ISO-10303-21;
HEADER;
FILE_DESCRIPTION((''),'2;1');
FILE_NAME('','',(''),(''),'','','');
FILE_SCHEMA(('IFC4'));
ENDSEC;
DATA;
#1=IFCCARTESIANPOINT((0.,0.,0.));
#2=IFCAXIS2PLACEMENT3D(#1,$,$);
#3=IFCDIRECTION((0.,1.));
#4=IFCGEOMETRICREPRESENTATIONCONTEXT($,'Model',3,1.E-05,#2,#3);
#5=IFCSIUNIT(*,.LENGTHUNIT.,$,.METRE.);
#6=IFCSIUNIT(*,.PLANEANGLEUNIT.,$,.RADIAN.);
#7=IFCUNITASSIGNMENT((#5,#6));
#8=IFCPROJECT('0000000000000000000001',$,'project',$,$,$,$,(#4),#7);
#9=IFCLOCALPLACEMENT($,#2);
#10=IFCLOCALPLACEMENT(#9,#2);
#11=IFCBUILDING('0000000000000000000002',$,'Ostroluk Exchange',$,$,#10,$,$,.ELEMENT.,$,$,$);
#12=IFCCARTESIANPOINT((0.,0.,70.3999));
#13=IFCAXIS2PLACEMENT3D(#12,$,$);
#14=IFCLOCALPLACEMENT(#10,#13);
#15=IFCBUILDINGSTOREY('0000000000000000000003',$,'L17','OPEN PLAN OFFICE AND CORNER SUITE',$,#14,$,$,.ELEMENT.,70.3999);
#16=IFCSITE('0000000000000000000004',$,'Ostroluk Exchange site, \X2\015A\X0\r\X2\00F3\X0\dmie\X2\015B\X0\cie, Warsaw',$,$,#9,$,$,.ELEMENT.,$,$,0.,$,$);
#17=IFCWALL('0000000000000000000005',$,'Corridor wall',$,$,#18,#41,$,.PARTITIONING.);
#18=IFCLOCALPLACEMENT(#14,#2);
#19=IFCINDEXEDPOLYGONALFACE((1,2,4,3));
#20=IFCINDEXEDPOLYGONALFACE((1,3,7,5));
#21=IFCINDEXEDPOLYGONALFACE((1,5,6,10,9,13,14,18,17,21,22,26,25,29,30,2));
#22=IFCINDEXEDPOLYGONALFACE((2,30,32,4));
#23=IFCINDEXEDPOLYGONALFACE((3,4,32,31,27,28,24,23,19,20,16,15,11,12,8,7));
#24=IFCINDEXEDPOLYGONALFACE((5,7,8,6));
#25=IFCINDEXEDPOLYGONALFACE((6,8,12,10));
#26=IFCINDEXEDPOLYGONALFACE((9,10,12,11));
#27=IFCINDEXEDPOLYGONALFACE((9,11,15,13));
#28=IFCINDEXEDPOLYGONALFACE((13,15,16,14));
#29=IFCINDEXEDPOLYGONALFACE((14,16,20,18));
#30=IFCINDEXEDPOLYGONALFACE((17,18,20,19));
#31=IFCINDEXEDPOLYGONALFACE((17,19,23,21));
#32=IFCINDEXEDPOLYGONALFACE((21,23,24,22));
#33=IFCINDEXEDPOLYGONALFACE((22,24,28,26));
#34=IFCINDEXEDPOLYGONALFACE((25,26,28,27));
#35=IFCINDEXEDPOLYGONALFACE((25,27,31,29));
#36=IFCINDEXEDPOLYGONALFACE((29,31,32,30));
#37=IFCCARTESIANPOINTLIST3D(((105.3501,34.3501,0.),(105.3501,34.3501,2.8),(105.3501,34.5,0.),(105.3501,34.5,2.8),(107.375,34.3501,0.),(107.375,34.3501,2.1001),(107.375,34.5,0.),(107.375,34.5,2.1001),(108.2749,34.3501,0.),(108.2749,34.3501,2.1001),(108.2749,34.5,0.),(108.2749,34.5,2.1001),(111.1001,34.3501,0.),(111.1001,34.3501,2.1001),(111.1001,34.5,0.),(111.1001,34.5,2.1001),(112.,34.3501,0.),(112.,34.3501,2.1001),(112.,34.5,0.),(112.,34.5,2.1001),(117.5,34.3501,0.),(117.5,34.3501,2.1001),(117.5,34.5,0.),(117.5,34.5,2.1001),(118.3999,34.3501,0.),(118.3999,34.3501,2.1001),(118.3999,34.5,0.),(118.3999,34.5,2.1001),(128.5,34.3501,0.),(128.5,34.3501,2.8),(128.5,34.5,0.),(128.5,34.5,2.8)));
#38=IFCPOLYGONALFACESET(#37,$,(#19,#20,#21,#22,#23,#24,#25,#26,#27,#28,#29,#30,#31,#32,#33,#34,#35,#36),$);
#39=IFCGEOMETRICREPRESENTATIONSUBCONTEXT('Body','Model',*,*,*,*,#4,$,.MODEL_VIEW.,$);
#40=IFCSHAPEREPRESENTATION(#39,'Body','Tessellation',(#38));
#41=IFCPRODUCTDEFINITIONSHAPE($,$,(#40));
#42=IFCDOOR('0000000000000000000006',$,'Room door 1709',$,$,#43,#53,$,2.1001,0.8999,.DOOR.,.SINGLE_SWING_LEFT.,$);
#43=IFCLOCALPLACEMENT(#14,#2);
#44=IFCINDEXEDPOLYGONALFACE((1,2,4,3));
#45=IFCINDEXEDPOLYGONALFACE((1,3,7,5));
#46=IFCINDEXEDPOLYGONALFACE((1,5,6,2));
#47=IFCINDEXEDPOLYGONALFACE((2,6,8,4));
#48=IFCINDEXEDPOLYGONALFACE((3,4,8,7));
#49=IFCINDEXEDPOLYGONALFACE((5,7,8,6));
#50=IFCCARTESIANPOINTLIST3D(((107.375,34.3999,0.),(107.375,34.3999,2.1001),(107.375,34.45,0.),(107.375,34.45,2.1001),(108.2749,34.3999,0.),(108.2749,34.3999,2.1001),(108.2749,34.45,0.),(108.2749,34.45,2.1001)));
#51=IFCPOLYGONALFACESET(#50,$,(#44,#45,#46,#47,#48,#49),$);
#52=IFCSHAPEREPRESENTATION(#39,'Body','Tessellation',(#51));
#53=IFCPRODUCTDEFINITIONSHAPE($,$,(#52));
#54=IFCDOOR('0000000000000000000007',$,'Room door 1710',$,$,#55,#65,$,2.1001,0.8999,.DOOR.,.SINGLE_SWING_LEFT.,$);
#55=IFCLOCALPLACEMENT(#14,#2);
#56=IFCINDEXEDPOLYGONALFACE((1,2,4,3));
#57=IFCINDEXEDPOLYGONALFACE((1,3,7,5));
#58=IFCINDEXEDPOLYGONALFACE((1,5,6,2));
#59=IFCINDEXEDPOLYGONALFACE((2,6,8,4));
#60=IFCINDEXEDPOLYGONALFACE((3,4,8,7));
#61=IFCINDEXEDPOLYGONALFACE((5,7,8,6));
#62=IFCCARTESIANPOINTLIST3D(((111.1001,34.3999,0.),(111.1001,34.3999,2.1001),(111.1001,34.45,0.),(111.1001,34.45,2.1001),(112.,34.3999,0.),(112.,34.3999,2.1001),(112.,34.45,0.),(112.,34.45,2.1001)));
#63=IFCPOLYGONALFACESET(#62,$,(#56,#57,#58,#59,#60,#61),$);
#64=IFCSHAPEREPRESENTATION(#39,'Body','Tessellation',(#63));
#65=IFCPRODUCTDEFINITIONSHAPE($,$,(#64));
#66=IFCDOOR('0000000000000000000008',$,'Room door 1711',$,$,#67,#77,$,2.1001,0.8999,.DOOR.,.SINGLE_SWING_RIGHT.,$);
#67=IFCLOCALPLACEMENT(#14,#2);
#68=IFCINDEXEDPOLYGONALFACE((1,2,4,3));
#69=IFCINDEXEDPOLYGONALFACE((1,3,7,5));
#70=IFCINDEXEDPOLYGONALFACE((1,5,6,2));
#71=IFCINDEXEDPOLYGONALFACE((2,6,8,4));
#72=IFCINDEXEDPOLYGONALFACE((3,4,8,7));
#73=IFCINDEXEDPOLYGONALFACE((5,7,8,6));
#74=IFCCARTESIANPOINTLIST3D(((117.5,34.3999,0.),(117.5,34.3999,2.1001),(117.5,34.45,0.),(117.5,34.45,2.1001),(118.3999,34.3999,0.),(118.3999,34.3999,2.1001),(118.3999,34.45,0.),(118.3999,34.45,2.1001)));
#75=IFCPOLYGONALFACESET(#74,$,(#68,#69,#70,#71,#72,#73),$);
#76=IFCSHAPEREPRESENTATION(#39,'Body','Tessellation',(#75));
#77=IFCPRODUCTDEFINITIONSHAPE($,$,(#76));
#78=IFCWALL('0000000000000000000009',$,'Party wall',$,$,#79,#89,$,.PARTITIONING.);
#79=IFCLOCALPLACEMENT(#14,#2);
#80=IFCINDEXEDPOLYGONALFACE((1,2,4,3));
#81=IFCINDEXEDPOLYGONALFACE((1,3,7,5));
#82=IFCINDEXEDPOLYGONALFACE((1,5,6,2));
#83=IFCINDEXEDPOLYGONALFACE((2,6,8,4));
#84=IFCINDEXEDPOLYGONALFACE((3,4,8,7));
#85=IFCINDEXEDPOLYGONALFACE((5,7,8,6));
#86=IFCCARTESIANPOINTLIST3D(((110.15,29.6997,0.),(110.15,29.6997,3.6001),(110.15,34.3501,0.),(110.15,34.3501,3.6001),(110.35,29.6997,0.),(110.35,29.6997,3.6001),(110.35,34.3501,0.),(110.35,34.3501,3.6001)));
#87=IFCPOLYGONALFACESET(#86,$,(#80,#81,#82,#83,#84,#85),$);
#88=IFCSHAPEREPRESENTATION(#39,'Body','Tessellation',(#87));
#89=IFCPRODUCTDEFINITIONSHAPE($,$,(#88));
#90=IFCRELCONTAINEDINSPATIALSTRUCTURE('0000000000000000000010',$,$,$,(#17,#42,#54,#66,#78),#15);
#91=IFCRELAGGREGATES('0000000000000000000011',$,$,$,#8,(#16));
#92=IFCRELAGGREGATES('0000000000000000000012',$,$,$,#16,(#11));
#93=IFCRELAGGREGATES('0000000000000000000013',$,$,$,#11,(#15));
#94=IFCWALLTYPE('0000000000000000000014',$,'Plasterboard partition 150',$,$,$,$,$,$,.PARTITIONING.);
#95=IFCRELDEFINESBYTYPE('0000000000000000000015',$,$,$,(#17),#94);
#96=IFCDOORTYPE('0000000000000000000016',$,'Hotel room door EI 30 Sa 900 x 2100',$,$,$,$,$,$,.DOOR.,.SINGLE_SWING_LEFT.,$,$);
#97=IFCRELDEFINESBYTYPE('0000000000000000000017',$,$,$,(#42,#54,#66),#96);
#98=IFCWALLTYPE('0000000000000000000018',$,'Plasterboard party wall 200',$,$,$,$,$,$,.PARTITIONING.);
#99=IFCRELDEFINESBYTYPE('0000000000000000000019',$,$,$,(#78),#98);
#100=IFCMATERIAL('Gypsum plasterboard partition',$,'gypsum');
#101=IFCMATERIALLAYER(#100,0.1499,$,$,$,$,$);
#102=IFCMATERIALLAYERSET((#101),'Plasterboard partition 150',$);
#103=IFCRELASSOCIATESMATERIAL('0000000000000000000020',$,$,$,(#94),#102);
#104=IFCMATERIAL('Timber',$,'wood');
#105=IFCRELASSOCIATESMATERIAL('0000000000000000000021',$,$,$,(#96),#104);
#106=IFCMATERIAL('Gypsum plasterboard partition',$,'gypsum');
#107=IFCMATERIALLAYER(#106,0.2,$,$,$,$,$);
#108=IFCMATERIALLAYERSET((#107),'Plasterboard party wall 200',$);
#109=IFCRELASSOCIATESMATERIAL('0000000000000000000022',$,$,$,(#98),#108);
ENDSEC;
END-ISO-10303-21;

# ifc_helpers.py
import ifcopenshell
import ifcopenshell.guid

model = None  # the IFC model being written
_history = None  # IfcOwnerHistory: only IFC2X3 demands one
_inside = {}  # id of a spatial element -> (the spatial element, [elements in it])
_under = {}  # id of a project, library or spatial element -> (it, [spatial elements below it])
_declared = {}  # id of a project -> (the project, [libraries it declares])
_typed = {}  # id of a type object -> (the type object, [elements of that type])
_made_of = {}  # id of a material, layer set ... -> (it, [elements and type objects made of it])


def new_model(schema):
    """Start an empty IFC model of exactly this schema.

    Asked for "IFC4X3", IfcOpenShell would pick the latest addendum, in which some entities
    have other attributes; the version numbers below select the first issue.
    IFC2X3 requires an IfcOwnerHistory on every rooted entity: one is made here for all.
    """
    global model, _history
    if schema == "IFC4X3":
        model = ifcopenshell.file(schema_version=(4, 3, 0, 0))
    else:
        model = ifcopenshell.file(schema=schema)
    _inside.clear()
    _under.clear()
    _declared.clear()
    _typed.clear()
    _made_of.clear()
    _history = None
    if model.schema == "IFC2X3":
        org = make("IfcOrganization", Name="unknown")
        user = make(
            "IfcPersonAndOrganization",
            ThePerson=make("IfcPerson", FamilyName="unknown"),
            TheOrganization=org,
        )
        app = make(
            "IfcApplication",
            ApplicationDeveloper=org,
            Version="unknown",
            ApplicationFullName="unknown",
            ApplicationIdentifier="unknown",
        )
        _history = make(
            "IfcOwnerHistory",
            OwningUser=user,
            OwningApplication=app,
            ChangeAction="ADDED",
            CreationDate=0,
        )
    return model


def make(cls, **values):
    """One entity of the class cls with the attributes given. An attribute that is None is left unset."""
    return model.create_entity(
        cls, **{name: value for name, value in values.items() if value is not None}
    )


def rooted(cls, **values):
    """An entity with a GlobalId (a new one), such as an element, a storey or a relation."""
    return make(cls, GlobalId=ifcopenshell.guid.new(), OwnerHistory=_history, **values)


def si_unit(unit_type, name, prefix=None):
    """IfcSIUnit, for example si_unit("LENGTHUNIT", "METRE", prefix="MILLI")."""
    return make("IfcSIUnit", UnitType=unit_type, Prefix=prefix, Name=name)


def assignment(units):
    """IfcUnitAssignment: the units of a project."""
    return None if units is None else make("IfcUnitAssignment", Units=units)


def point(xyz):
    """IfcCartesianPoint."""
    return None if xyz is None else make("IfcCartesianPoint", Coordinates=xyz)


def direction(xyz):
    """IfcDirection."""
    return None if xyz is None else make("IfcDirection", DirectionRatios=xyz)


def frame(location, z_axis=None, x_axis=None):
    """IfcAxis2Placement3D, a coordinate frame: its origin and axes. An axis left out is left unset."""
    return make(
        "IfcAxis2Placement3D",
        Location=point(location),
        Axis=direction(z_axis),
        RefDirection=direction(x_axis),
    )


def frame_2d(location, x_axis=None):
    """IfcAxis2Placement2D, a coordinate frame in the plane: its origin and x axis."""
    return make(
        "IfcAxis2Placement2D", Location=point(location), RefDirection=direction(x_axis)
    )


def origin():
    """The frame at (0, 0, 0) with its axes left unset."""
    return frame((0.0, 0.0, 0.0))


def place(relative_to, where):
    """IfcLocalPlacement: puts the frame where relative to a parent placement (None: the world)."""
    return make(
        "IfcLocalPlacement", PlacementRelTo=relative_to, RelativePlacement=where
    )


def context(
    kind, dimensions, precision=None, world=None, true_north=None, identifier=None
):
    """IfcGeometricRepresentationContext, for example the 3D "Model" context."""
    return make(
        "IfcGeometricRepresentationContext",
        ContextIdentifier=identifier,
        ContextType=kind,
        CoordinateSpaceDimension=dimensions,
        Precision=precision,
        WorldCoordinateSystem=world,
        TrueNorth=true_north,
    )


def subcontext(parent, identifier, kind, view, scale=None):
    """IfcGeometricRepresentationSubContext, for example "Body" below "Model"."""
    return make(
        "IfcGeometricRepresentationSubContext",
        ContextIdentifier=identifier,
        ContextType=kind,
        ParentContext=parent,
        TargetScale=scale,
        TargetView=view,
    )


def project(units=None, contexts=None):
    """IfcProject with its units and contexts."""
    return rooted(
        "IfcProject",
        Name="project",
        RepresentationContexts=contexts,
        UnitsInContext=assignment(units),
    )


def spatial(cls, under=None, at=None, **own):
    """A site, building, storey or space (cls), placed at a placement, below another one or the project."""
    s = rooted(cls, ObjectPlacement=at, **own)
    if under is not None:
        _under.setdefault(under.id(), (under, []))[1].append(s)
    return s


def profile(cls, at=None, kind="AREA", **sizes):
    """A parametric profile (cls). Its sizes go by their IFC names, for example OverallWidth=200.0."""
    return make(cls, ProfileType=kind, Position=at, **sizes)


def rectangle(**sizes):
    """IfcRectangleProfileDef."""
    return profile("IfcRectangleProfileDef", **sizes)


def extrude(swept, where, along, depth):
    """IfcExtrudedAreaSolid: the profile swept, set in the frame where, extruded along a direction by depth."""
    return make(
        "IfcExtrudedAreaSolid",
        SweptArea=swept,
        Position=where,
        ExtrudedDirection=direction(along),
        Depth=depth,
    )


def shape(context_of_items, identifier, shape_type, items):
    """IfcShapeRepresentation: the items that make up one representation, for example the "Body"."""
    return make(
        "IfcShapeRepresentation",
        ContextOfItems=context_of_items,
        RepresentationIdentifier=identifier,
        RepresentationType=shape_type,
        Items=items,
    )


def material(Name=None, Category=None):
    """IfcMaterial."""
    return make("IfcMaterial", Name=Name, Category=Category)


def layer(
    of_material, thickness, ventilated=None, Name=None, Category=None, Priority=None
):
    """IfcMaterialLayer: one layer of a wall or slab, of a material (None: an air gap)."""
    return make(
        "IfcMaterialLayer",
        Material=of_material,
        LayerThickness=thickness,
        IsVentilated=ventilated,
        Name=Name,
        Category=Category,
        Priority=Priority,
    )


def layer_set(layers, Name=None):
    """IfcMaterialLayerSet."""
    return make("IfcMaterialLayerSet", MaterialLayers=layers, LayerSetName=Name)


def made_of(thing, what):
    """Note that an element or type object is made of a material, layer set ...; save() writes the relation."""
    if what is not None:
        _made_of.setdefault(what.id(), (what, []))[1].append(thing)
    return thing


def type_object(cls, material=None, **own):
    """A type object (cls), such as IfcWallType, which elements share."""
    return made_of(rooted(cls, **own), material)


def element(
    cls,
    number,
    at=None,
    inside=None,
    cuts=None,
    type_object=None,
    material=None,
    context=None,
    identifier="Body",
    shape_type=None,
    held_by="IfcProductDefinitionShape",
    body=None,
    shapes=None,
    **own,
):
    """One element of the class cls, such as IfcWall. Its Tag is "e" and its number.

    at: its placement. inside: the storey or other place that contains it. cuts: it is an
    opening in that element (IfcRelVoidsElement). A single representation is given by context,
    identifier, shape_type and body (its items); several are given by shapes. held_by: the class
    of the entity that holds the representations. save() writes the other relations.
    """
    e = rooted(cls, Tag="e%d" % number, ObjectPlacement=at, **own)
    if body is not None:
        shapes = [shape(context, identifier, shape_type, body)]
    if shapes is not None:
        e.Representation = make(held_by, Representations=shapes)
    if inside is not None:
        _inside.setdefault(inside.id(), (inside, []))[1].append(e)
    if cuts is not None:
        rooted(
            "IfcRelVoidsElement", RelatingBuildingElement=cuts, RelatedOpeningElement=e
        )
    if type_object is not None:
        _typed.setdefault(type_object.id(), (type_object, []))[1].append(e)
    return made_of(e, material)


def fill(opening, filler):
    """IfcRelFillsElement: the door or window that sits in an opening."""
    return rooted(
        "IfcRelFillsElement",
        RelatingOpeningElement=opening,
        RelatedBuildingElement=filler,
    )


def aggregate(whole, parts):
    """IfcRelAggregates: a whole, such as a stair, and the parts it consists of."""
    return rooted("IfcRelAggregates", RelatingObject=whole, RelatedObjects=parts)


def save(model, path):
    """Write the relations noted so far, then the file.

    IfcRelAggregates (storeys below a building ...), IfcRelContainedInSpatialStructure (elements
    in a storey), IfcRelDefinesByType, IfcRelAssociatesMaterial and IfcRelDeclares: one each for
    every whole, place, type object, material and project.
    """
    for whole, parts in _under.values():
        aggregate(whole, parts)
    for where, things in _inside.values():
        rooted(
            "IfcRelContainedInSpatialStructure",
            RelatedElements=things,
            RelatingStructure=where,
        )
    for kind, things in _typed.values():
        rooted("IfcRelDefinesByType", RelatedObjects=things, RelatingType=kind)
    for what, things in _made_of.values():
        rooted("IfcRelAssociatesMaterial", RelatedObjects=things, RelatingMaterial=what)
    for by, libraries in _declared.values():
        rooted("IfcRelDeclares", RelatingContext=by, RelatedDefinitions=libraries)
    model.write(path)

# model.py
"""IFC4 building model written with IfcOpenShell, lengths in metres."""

from ifc_helpers import new_model, si_unit, direction, frame, frame_2d, origin, place, context, subcontext, project, spatial, rectangle, extrude, material, layer, layer_set, type_object, element, fill, save


model = new_model("IFC4")

# Units and contexts
model_context = context("Model", 3, precision=1e-05, world=origin(), true_north=direction((0.0, 1.0)))
body_context = subcontext(model_context, "Body", "Model", "MODEL_VIEW")
ifc_project = project(units=[si_unit("LENGTHUNIT", "METRE"), si_unit("PLANEANGLEUNIT", "RADIAN")], contexts=[model_context])

# Site, building, storey
site_placement = place(None, origin())
site = spatial("IfcSite", under=ifc_project, at=site_placement, Name="Ostroluk Exchange site, Śródmieście, Warsaw", CompositionType="ELEMENT", RefElevation=0.0)
building_placement = place(site_placement, origin())
building = spatial("IfcBuilding", under=site, at=building_placement, Name="Ostroluk Exchange", CompositionType="ELEMENT")
storey_placement = place(building_placement, frame((0.0, 0.0, 70.3999)))
storey = spatial("IfcBuildingStorey", under=building, at=storey_placement, Name="L17", Description="OPEN PLAN OFFICE AND CORNER SUITE", CompositionType="ELEMENT", Elevation=70.3999)

# Wall, openings, doors
ifc_material_1 = material(Name="Gypsum plasterboard partition", Category="gypsum")
ifc_layer_1 = layer(ifc_material_1, 0.1499)
ifc_layer_set_1 = layer_set([ifc_layer_1], Name="Plasterboard partition 150")
wall_type_1 = type_object("IfcWallType", Name="Plasterboard partition 150", PredefinedType="PARTITIONING", material=ifc_layer_set_1)
wall_1_placement = place(storey_placement, frame((105.3501, 34.425, 0.0), z_axis=(0.0, 0.0, 1.0), x_axis=(1.0, 0.0, 0.0)))
wall_1 = element("IfcWall", 1, at=wall_1_placement, inside=storey, type_object=wall_type_1, Name="Corridor wall", PredefinedType="PARTITIONING", context=body_context, shape_type="SweptSolid", body=[
    extrude(rectangle(XDim=23.1499, YDim=0.1499, at=frame_2d((11.575, 0.0))), origin(), (0.0, 0.0, 1.0), 2.8),
])
opening_1_placement = place(wall_1_placement, frame((2.0249, 0.0, 0.0)))
opening_1 = element("IfcOpeningElement", 2, at=opening_1_placement, cuts=wall_1, PredefinedType="OPENING", context=body_context, shape_type="SweptSolid", body=[
    extrude(rectangle(XDim=0.8999, YDim=2.1001, at=frame_2d((0.45, 1.05))), frame((0.0, 0.085, 0.0), z_axis=(0.0, -1.0, 0.0), x_axis=(1.0, 0.0, 0.0)), (0.0, 0.0, 1.0), 0.1699),
])
opening_2_placement = place(wall_1_placement, frame((5.75, 0.0, 0.0)))
opening_2 = element("IfcOpeningElement", 3, at=opening_2_placement, cuts=wall_1, PredefinedType="OPENING", context=body_context, shape_type="SweptSolid", body=[
    extrude(rectangle(XDim=0.8999, YDim=2.1001, at=frame_2d((0.45, 1.05))), frame((0.0, 0.085, 0.0), z_axis=(0.0, -1.0, 0.0), x_axis=(1.0, 0.0, 0.0)), (0.0, 0.0, 1.0), 0.1699),
])
opening_3_placement = place(wall_1_placement, frame((12.1499, 0.0, 0.0)))
opening_3 = element("IfcOpeningElement", 4, at=opening_3_placement, cuts=wall_1, PredefinedType="OPENING", context=body_context, shape_type="SweptSolid", body=[
    extrude(rectangle(XDim=0.8999, YDim=2.1001, at=frame_2d((0.45, 1.05))), frame((0.0, 0.085, 0.0), z_axis=(0.0, -1.0, 0.0), x_axis=(1.0, 0.0, 0.0)), (0.0, 0.0, 1.0), 0.1699),
])
ifc_material_2 = material(Name="Timber", Category="wood")
door_type_1 = type_object("IfcDoorType", Name="Hotel room door EI 30 Sa 900 x 2100", OperationType="SINGLE_SWING_LEFT", PredefinedType="DOOR", material=ifc_material_2)
door_1_placement = place(opening_1_placement, origin())
door_1 = element("IfcDoor", 5, at=door_1_placement, inside=storey, type_object=door_type_1, Name="Room door 1709", OperationType="SINGLE_SWING_LEFT", OverallHeight=2.1001, OverallWidth=0.8999, PredefinedType="DOOR", context=body_context, shape_type="SweptSolid", body=[
    extrude(rectangle(XDim=0.8999, YDim=2.1001, at=frame_2d((0.45, 1.05))), frame((0.0, 0.0249, 0.0), z_axis=(0.0, -1.0, 0.0), x_axis=(1.0, 0.0, 0.0)), (0.0, 0.0, 1.0), 0.05),
])
fill(opening_1, door_1)
door_2_placement = place(opening_2_placement, origin())
door_2 = element("IfcDoor", 6, at=door_2_placement, inside=storey, type_object=door_type_1, Name="Room door 1710", OperationType="SINGLE_SWING_LEFT", OverallHeight=2.1001, OverallWidth=0.8999, PredefinedType="DOOR", context=body_context, shape_type="SweptSolid", body=[
    extrude(rectangle(XDim=0.8999, YDim=2.1001, at=frame_2d((0.45, 1.05))), frame((0.0, 0.0249, 0.0), z_axis=(0.0, -1.0, 0.0), x_axis=(1.0, 0.0, 0.0)), (0.0, 0.0, 1.0), 0.05),
])
fill(opening_2, door_2)
door_3_placement = place(opening_3_placement, origin())
door_3 = element("IfcDoor", 7, at=door_3_placement, inside=storey, type_object=door_type_1, Name="Room door 1711", OperationType="SINGLE_SWING_RIGHT", OverallHeight=2.1001, OverallWidth=0.8999, PredefinedType="DOOR", context=body_context, shape_type="SweptSolid", body=[
    extrude(rectangle(XDim=0.8999, YDim=2.1001, at=frame_2d((0.45, 1.05))), frame((0.0, 0.0249, 0.0), z_axis=(0.0, -1.0, 0.0), x_axis=(1.0, 0.0, 0.0)), (0.0, 0.0, 1.0), 0.05),
])
fill(opening_3, door_3)

# Wall
ifc_material_3 = material(Name="Gypsum plasterboard partition", Category="gypsum")
ifc_layer_2 = layer(ifc_material_3, 0.2)
ifc_layer_set_2 = layer_set([ifc_layer_2], Name="Plasterboard party wall 200")
wall_type_2 = type_object("IfcWallType", Name="Plasterboard party wall 200", PredefinedType="PARTITIONING", material=ifc_layer_set_2)
wall_2_placement = place(storey_placement, frame((110.25, 34.3501, 0.0), z_axis=(0.0, 0.0, 1.0), x_axis=(0.0, -1.0, 0.0)))
element("IfcWall", 8, at=wall_2_placement, inside=storey, type_object=wall_type_2, Name="Party wall", PredefinedType="PARTITIONING", context=body_context, shape_type="SweptSolid", body=[
    extrude(rectangle(XDim=4.6504, YDim=0.2, at=frame_2d((2.3252, 0.0))), origin(), (0.0, 0.0, 1.0), 3.6001),
])

save(model, "model.ifc")
